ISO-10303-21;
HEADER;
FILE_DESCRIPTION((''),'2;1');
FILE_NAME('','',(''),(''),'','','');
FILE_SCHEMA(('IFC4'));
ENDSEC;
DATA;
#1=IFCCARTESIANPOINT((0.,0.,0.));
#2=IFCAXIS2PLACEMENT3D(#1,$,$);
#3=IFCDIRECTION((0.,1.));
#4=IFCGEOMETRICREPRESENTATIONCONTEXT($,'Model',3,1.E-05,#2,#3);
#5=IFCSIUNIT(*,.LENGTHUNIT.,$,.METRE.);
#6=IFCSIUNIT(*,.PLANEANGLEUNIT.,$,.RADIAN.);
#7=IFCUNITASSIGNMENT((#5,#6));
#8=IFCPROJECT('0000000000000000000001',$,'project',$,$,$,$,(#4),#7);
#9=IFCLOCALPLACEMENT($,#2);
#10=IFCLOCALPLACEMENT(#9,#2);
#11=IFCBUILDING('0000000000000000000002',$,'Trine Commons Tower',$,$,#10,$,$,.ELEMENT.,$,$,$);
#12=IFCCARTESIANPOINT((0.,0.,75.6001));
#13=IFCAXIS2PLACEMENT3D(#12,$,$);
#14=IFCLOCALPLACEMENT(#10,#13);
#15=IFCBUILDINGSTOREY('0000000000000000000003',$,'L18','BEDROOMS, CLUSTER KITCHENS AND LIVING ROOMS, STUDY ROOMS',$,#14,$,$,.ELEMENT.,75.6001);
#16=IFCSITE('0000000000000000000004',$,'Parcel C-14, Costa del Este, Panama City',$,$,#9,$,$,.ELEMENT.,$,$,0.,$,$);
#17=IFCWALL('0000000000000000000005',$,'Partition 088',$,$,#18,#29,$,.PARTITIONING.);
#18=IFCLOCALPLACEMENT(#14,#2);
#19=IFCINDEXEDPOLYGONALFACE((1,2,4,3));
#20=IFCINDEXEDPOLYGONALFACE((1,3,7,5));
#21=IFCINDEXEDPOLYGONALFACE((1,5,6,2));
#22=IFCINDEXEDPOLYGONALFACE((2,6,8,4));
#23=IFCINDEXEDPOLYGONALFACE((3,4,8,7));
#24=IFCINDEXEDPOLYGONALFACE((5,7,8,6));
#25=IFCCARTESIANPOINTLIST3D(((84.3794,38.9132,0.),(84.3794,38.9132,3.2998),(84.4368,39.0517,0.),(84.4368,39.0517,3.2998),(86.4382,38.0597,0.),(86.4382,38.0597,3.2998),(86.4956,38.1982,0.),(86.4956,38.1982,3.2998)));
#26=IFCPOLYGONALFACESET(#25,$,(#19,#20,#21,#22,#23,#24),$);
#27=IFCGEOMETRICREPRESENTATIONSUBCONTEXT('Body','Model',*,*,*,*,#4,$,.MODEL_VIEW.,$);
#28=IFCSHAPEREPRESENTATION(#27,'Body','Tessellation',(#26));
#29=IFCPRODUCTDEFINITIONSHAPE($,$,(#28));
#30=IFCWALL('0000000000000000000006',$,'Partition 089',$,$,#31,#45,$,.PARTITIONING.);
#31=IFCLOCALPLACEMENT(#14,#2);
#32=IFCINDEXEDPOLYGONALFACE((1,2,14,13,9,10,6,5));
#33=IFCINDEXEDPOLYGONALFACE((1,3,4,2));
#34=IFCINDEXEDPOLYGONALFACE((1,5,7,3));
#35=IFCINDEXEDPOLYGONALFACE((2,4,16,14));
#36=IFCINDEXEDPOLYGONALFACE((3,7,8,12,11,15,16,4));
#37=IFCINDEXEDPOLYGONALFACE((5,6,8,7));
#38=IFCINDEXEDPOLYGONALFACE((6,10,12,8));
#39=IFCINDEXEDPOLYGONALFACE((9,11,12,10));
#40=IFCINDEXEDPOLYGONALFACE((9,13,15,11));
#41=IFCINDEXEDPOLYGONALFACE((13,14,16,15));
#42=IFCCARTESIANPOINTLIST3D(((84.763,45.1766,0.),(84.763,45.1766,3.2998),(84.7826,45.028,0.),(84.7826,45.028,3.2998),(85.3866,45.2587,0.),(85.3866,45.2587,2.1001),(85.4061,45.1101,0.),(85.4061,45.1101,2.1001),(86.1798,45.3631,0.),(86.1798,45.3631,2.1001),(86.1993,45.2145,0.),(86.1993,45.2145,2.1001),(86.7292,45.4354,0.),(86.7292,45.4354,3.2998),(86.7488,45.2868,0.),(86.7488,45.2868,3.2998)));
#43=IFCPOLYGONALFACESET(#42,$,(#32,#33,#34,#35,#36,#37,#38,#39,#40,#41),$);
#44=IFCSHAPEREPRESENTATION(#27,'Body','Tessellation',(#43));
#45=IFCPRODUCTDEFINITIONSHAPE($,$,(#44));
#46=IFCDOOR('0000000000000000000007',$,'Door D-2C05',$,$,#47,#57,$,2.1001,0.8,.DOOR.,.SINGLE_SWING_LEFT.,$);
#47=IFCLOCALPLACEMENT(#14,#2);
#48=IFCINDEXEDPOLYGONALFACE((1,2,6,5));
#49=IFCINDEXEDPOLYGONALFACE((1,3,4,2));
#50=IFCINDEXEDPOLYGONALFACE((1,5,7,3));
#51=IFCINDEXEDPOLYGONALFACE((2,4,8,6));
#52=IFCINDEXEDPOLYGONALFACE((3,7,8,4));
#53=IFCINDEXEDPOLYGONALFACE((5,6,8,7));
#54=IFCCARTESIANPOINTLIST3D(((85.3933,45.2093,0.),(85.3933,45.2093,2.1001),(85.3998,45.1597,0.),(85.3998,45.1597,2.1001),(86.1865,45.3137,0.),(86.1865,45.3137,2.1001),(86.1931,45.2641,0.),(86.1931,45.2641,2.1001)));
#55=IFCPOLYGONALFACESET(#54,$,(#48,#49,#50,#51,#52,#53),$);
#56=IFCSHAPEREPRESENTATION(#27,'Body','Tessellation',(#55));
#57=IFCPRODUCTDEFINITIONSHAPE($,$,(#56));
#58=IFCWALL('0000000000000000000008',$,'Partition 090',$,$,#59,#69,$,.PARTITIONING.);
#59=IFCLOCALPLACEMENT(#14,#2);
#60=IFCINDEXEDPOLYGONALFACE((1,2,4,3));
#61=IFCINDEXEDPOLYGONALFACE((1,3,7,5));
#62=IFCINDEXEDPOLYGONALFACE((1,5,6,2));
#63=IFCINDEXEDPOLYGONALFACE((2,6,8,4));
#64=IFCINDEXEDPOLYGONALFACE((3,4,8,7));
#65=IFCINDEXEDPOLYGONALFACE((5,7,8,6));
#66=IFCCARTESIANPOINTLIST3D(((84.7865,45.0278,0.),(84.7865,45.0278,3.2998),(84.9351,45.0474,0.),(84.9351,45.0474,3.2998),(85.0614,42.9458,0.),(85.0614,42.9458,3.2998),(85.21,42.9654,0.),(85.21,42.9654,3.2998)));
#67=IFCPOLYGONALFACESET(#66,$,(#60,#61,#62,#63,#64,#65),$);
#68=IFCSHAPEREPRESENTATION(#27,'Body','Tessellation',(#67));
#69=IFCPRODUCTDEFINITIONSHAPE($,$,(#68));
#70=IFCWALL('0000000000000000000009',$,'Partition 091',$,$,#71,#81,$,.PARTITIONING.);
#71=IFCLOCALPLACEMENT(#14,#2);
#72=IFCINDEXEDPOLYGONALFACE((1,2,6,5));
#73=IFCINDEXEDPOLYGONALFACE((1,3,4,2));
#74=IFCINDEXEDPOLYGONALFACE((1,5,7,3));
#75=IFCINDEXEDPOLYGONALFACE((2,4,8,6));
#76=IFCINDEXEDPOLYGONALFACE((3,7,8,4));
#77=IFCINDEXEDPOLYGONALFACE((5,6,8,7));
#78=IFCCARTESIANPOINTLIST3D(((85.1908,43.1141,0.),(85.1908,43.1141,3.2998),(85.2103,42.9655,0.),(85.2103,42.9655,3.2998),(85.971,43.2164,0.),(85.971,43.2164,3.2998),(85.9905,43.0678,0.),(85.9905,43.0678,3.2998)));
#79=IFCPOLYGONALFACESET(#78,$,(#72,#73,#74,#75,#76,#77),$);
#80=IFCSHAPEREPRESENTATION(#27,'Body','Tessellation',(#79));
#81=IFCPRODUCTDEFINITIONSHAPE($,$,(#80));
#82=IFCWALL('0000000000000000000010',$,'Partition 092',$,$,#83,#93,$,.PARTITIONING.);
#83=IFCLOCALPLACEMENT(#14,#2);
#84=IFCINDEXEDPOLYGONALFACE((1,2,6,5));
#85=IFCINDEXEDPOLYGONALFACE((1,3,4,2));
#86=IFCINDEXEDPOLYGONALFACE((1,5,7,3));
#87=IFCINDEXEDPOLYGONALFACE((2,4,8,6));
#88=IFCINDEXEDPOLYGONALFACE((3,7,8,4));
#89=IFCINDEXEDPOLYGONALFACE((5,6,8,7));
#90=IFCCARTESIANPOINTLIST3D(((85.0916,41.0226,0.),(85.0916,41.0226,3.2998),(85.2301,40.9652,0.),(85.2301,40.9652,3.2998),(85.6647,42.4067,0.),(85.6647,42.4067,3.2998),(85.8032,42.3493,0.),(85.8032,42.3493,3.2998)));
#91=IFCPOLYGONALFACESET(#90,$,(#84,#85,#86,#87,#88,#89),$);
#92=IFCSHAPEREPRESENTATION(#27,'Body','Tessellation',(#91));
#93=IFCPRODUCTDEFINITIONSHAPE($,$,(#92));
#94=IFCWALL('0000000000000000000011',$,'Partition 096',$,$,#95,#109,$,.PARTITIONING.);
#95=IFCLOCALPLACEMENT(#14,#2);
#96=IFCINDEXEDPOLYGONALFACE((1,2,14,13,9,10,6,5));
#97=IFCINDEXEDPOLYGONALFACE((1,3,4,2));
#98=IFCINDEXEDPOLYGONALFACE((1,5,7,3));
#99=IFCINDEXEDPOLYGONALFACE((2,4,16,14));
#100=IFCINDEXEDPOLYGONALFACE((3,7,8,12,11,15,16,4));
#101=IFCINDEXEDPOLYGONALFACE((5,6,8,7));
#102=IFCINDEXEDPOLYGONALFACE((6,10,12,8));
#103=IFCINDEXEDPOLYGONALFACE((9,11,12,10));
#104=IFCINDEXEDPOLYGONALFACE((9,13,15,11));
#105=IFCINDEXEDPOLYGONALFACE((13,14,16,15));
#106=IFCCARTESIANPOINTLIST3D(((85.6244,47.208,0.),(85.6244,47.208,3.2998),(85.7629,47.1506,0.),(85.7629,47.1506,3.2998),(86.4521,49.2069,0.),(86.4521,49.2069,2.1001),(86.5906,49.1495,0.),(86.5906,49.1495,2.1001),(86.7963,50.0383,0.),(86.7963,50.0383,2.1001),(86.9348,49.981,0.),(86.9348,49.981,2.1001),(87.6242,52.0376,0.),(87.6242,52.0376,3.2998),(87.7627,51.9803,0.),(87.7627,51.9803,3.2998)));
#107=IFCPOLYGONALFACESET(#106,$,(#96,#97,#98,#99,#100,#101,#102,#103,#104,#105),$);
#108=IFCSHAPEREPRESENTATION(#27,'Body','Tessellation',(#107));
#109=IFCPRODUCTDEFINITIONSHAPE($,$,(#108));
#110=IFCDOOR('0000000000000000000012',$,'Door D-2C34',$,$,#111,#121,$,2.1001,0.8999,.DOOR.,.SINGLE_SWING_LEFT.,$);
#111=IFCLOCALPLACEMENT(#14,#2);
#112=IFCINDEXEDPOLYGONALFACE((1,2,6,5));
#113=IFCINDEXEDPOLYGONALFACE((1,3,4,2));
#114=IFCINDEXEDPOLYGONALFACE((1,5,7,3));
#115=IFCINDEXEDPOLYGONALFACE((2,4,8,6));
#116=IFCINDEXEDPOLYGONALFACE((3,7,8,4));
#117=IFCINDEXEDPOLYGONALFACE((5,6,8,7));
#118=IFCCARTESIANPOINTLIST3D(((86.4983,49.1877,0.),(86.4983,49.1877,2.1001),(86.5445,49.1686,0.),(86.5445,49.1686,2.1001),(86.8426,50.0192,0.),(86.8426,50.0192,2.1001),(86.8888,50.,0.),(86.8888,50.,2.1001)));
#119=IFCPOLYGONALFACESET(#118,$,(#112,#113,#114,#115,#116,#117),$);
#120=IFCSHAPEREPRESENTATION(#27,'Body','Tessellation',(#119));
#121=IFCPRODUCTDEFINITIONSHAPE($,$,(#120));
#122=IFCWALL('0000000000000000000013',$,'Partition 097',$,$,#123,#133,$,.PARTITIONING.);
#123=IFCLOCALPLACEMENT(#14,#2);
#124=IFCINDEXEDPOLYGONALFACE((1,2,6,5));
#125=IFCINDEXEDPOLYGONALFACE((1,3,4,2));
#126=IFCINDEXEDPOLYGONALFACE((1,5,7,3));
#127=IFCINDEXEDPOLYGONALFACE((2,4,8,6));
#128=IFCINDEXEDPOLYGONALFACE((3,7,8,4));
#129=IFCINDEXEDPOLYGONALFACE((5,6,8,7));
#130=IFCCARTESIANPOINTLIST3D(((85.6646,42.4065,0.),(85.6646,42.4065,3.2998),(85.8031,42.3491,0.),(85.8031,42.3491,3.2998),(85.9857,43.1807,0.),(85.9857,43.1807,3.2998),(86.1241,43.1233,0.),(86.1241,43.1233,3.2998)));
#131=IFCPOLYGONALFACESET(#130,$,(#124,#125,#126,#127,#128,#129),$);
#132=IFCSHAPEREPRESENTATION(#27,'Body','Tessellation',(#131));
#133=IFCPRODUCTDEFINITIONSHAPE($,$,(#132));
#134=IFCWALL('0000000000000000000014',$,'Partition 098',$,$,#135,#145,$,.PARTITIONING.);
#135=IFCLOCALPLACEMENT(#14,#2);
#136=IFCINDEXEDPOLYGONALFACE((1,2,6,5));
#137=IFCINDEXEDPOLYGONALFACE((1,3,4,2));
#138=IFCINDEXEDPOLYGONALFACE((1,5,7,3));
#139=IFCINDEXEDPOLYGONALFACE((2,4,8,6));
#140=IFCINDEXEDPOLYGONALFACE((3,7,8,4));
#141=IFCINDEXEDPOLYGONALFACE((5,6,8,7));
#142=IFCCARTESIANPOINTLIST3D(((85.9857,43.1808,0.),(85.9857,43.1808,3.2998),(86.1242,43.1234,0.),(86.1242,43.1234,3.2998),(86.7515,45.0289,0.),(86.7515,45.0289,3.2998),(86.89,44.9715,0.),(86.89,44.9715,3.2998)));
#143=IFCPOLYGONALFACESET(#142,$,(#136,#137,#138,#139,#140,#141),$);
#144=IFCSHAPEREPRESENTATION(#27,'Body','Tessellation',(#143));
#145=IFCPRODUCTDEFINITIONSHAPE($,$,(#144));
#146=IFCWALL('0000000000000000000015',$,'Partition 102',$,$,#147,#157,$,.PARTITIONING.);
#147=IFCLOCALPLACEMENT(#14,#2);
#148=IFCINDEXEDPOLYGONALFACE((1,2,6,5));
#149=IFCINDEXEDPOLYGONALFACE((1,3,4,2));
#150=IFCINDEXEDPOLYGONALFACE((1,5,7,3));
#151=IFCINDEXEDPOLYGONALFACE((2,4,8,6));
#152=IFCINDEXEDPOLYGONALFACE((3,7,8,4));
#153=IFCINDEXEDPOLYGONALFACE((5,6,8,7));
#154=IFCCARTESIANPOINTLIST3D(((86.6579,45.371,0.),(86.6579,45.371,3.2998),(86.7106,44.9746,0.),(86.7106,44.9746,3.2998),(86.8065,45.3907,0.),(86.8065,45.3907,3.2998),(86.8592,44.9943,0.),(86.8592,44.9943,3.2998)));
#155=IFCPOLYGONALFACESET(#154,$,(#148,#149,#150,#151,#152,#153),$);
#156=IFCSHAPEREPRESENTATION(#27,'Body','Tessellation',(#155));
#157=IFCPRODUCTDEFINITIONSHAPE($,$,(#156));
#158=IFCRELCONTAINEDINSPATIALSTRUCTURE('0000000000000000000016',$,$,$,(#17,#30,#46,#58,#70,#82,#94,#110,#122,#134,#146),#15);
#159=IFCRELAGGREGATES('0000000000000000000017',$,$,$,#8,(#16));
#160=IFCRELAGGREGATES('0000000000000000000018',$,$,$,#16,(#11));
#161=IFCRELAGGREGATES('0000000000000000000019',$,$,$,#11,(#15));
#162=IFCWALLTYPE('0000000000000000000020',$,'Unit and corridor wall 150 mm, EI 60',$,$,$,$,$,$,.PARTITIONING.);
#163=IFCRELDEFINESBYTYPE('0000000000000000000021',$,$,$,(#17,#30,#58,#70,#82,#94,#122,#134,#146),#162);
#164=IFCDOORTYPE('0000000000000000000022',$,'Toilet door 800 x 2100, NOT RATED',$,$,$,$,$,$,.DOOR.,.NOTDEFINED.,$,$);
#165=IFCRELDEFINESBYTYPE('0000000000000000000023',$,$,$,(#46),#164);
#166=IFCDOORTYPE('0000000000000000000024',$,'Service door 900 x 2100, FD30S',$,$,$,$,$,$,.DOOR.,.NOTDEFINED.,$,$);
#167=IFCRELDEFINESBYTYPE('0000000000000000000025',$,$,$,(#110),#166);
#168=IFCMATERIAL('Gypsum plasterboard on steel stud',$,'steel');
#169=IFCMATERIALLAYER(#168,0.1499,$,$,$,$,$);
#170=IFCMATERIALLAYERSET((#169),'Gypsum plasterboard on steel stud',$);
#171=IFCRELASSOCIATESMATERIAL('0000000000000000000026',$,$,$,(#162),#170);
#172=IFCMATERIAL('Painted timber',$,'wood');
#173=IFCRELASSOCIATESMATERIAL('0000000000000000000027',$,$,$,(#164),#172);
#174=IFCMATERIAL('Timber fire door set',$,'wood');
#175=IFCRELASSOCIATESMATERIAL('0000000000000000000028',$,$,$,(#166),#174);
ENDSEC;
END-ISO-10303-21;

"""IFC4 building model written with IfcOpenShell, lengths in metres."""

from ifc_helpers import new_model, si_unit, direction, frame, frame_2d, origin, place, context, subcontext, project, spatial, rectangle, extrude, material, layer, layer_set, type_object, element, fill, save


model = new_model("IFC4")

# Units and contexts
model_context = context("Model", 3, precision=1e-05, world=origin(), true_north=direction((0.0, 1.0)))
body_context = subcontext(model_context, "Body", "Model", "MODEL_VIEW")
ifc_project = project(units=[si_unit("LENGTHUNIT", "METRE"), si_unit("PLANEANGLEUNIT", "RADIAN")], contexts=[model_context])

# Site, building, storey
site_placement = place(None, origin())
site = spatial("IfcSite", under=ifc_project, at=site_placement, Name="Parcel C-14, Costa del Este, Panama City", CompositionType="ELEMENT", RefElevation=0.0)
building_placement = place(site_placement, origin())
building = spatial("IfcBuilding", under=site, at=building_placement, Name="Trine Commons Tower", CompositionType="ELEMENT")
storey_placement = place(building_placement, frame((0.0, 0.0, 75.6001)))
storey = spatial("IfcBuildingStorey", under=building, at=storey_placement, Name="L18", Description="BEDROOMS, CLUSTER KITCHENS AND LIVING ROOMS, STUDY ROOMS", CompositionType="ELEMENT", Elevation=75.6001)

# Shared definitions
ifc_material_1 = material(Name="Gypsum plasterboard on steel stud", Category="steel")
ifc_layer_1 = layer(ifc_material_1, 0.1499)
ifc_layer_set_1 = layer_set([ifc_layer_1], Name="Gypsum plasterboard on steel stud")
wall_type_1 = type_object("IfcWallType", Name="Unit and corridor wall 150 mm, EI 60", PredefinedType="PARTITIONING", material=ifc_layer_set_1)
ifc_material_2 = material(Name="Timber fire door set", Category="wood")

# Wall
wall_1_placement = place(storey_placement, frame((84.4082, 38.9824, 0.0), z_axis=(0.0, 0.0, 1.0), x_axis=(0.923766, -0.382958, 0.0)))
element("IfcWall", 1, at=wall_1_placement, inside=storey, type_object=wall_type_1, Name="Partition 088", PredefinedType="PARTITIONING", context=body_context, shape_type="SweptSolid", body=[
    extrude(rectangle(XDim=2.2288, YDim=0.1499, at=frame_2d((1.1143, 0.0))), origin(), (0.0, 0.0, 1.0), 3.2998),
])

# Wall, opening, door
wall_2_placement = place(storey_placement, frame((84.7727, 45.1023, 0.0), z_axis=(0.0, 0.0, 1.0), x_axis=(0.99145, 0.130486, 0.0)))
wall_2 = element("IfcWall", 2, at=wall_2_placement, inside=storey, type_object=wall_type_1, Name="Partition 089", PredefinedType="PARTITIONING", context=body_context, shape_type="SweptSolid", body=[
    extrude(rectangle(XDim=1.9832, YDim=0.1499, at=frame_2d((0.9917, 0.0))), origin(), (0.0, 0.0, 1.0), 3.2998),
])
opening_1_placement = place(wall_2_placement, frame((0.6292, 0.0, 0.0)))
opening_1 = element("IfcOpeningElement", 3, at=opening_1_placement, cuts=wall_2, PredefinedType="OPENING", context=body_context, shape_type="SweptSolid", body=[
    extrude(rectangle(XDim=0.8, YDim=2.1001, at=frame_2d((0.3999, 1.05))), frame((0.0, 0.085, 0.0), z_axis=(0.0, -1.0, 0.0), x_axis=(1.0, 0.0, 0.0)), (0.0, 0.0, 1.0), 0.1699),
])
ifc_material_3 = material(Name="Painted timber", Category="wood")
door_type_1 = type_object("IfcDoorType", Name="Toilet door 800 x 2100, NOT RATED", OperationType="NOTDEFINED", PredefinedType="DOOR", material=ifc_material_3)
door_1_placement = place(opening_1_placement, frame((0.8, 0.0, 0.0), z_axis=(0.0, 0.0, 1.0), x_axis=(-1.0, 0.0, 0.0)))
door_1 = element("IfcDoor", 4, at=door_1_placement, inside=storey, type_object=door_type_1, Name="Door D-2C05", OperationType="SINGLE_SWING_LEFT", OverallHeight=2.1001, OverallWidth=0.8, PredefinedType="DOOR", context=body_context, shape_type="SweptSolid", body=[
    extrude(rectangle(XDim=0.8, YDim=2.1001, at=frame_2d((0.3999, 1.05))), frame((0.0, 0.0249, 0.0), z_axis=(0.0, -1.0, 0.0), x_axis=(1.0, 0.0, 0.0)), (0.0, 0.0, 1.0), 0.05),
])
fill(opening_1, door_1)

# Walls
wall_3_placement = place(storey_placement, frame((84.8608, 45.0376, 0.0), z_axis=(0.0, 0.0, 1.0), x_axis=(0.1309, -0.991396, 0.0)))
element("IfcWall", 5, at=wall_3_placement, inside=storey, type_object=wall_type_1, Name="Partition 090", PredefinedType="PARTITIONING", context=body_context, shape_type="SweptSolid", body=[
    extrude(rectangle(XDim=2.1001, YDim=0.1499, at=frame_2d((1.05, 0.0))), origin(), (0.0, 0.0, 1.0), 3.2998),
])
wall_4_placement = place(storey_placement, frame((85.2004, 43.0398, 0.0), z_axis=(0.0, 0.0, 1.0), x_axis=(0.991515, 0.129989, 0.0)))
element("IfcWall", 6, at=wall_4_placement, inside=storey, type_object=wall_type_1, Name="Partition 091", PredefinedType="PARTITIONING", context=body_context, shape_type="SweptSolid", body=[
    extrude(rectangle(XDim=0.7869, YDim=0.1499, at=frame_2d((0.3936, 0.0))), origin(), (0.0, 0.0, 1.0), 3.2998),
])
wall_5_placement = place(storey_placement, frame((85.1609, 40.9939, 0.0), z_axis=(0.0, 0.0, 1.0), x_axis=(0.38252, 0.923947, 0.0)))
element("IfcWall", 7, at=wall_5_placement, inside=storey, type_object=wall_type_1, Name="Partition 092", PredefinedType="PARTITIONING", context=body_context, shape_type="SweptSolid", body=[
    extrude(rectangle(XDim=1.498, YDim=0.1499, at=frame_2d((0.749, 0.0))), origin(), (0.0, 0.0, 1.0), 3.2998),
])

# Wall, opening, door
wall_6_placement = place(storey_placement, frame((85.6936, 47.1792, 0.0), z_axis=(0.0, 0.0, 1.0), x_axis=(0.382565, 0.923929, 0.0)))
wall_6 = element("IfcWall", 8, at=wall_6_placement, inside=storey, type_object=wall_type_1, Name="Partition 096", PredefinedType="PARTITIONING", context=body_context, shape_type="SweptSolid", body=[
    extrude(rectangle(XDim=5.2273, YDim=0.1499, at=frame_2d((2.6138, 0.0))), origin(), (0.0, 0.0, 1.0), 3.2998),
])
opening_2_placement = place(wall_6_placement, frame((2.1636, 0.0, 0.0)))
opening_2 = element("IfcOpeningElement", 9, at=opening_2_placement, cuts=wall_6, PredefinedType="OPENING", context=body_context, shape_type="SweptSolid", body=[
    extrude(rectangle(XDim=0.8999, YDim=2.1001, at=frame_2d((0.45, 1.05))), frame((0.0, 0.085, 0.0), z_axis=(0.0, -1.0, 0.0), x_axis=(1.0, 0.0, 0.0)), (0.0, 0.0, 1.0), 0.1699),
])
door_type_2 = type_object("IfcDoorType", Name="Service door 900 x 2100, FD30S", OperationType="NOTDEFINED", PredefinedType="DOOR", material=ifc_material_2)
door_2_placement = place(opening_2_placement, origin())
door_2 = element("IfcDoor", 10, at=door_2_placement, inside=storey, type_object=door_type_2, Name="Door D-2C34", OperationType="SINGLE_SWING_LEFT", OverallHeight=2.1001, OverallWidth=0.8999, PredefinedType="DOOR", context=body_context, shape_type="SweptSolid", body=[
    extrude(rectangle(XDim=0.8999, YDim=2.1001, at=frame_2d((0.45, 1.05))), frame((0.0, 0.0249, 0.0), z_axis=(0.0, -1.0, 0.0), x_axis=(1.0, 0.0, 0.0)), (0.0, 0.0, 1.0), 0.05),
])
fill(opening_2, door_2)

# Walls
wall_7_placement = place(storey_placement, frame((85.7339, 42.3779, 0.0), z_axis=(0.0, 0.0, 1.0), x_axis=(0.383064, 0.923722, 0.0)))
element("IfcWall", 11, at=wall_7_placement, inside=storey, type_object=wall_type_1, Name="Partition 097", PredefinedType="PARTITIONING", context=body_context, shape_type="SweptSolid", body=[
    extrude(rectangle(XDim=0.8381, YDim=0.1499, at=frame_2d((0.4189, 0.0))), origin(), (0.0, 0.0, 1.0), 3.2998),
])
wall_8_placement = place(storey_placement, frame((86.0549, 43.1521, 0.0), z_axis=(0.0, 0.0, 1.0), x_axis=(0.38283, 0.923819, 0.0)))
element("IfcWall", 12, at=wall_8_placement, inside=storey, type_object=wall_type_1, Name="Partition 098", PredefinedType="PARTITIONING", context=body_context, shape_type="SweptSolid", body=[
    extrude(rectangle(XDim=2.0005, YDim=0.1499, at=frame_2d((1.0002, 0.0))), origin(), (0.0, 0.0, 1.0), 3.2998),
])
wall_9_placement = place(storey_placement, frame((86.7322, 45.3809, 0.0), z_axis=(0.0, 0.0, 1.0), x_axis=(0.131844, -0.99127, 0.0)))
element("IfcWall", 13, at=wall_9_placement, inside=storey, type_object=wall_type_1, Name="Partition 102", PredefinedType="PARTITIONING", context=body_context, shape_type="SweptSolid", body=[
    extrude(rectangle(XDim=0.3999, YDim=0.1499, at=frame_2d((0.2, 0.0))), origin(), (0.0, 0.0, 1.0), 3.2998),
])

save(model, "model.ifc")
